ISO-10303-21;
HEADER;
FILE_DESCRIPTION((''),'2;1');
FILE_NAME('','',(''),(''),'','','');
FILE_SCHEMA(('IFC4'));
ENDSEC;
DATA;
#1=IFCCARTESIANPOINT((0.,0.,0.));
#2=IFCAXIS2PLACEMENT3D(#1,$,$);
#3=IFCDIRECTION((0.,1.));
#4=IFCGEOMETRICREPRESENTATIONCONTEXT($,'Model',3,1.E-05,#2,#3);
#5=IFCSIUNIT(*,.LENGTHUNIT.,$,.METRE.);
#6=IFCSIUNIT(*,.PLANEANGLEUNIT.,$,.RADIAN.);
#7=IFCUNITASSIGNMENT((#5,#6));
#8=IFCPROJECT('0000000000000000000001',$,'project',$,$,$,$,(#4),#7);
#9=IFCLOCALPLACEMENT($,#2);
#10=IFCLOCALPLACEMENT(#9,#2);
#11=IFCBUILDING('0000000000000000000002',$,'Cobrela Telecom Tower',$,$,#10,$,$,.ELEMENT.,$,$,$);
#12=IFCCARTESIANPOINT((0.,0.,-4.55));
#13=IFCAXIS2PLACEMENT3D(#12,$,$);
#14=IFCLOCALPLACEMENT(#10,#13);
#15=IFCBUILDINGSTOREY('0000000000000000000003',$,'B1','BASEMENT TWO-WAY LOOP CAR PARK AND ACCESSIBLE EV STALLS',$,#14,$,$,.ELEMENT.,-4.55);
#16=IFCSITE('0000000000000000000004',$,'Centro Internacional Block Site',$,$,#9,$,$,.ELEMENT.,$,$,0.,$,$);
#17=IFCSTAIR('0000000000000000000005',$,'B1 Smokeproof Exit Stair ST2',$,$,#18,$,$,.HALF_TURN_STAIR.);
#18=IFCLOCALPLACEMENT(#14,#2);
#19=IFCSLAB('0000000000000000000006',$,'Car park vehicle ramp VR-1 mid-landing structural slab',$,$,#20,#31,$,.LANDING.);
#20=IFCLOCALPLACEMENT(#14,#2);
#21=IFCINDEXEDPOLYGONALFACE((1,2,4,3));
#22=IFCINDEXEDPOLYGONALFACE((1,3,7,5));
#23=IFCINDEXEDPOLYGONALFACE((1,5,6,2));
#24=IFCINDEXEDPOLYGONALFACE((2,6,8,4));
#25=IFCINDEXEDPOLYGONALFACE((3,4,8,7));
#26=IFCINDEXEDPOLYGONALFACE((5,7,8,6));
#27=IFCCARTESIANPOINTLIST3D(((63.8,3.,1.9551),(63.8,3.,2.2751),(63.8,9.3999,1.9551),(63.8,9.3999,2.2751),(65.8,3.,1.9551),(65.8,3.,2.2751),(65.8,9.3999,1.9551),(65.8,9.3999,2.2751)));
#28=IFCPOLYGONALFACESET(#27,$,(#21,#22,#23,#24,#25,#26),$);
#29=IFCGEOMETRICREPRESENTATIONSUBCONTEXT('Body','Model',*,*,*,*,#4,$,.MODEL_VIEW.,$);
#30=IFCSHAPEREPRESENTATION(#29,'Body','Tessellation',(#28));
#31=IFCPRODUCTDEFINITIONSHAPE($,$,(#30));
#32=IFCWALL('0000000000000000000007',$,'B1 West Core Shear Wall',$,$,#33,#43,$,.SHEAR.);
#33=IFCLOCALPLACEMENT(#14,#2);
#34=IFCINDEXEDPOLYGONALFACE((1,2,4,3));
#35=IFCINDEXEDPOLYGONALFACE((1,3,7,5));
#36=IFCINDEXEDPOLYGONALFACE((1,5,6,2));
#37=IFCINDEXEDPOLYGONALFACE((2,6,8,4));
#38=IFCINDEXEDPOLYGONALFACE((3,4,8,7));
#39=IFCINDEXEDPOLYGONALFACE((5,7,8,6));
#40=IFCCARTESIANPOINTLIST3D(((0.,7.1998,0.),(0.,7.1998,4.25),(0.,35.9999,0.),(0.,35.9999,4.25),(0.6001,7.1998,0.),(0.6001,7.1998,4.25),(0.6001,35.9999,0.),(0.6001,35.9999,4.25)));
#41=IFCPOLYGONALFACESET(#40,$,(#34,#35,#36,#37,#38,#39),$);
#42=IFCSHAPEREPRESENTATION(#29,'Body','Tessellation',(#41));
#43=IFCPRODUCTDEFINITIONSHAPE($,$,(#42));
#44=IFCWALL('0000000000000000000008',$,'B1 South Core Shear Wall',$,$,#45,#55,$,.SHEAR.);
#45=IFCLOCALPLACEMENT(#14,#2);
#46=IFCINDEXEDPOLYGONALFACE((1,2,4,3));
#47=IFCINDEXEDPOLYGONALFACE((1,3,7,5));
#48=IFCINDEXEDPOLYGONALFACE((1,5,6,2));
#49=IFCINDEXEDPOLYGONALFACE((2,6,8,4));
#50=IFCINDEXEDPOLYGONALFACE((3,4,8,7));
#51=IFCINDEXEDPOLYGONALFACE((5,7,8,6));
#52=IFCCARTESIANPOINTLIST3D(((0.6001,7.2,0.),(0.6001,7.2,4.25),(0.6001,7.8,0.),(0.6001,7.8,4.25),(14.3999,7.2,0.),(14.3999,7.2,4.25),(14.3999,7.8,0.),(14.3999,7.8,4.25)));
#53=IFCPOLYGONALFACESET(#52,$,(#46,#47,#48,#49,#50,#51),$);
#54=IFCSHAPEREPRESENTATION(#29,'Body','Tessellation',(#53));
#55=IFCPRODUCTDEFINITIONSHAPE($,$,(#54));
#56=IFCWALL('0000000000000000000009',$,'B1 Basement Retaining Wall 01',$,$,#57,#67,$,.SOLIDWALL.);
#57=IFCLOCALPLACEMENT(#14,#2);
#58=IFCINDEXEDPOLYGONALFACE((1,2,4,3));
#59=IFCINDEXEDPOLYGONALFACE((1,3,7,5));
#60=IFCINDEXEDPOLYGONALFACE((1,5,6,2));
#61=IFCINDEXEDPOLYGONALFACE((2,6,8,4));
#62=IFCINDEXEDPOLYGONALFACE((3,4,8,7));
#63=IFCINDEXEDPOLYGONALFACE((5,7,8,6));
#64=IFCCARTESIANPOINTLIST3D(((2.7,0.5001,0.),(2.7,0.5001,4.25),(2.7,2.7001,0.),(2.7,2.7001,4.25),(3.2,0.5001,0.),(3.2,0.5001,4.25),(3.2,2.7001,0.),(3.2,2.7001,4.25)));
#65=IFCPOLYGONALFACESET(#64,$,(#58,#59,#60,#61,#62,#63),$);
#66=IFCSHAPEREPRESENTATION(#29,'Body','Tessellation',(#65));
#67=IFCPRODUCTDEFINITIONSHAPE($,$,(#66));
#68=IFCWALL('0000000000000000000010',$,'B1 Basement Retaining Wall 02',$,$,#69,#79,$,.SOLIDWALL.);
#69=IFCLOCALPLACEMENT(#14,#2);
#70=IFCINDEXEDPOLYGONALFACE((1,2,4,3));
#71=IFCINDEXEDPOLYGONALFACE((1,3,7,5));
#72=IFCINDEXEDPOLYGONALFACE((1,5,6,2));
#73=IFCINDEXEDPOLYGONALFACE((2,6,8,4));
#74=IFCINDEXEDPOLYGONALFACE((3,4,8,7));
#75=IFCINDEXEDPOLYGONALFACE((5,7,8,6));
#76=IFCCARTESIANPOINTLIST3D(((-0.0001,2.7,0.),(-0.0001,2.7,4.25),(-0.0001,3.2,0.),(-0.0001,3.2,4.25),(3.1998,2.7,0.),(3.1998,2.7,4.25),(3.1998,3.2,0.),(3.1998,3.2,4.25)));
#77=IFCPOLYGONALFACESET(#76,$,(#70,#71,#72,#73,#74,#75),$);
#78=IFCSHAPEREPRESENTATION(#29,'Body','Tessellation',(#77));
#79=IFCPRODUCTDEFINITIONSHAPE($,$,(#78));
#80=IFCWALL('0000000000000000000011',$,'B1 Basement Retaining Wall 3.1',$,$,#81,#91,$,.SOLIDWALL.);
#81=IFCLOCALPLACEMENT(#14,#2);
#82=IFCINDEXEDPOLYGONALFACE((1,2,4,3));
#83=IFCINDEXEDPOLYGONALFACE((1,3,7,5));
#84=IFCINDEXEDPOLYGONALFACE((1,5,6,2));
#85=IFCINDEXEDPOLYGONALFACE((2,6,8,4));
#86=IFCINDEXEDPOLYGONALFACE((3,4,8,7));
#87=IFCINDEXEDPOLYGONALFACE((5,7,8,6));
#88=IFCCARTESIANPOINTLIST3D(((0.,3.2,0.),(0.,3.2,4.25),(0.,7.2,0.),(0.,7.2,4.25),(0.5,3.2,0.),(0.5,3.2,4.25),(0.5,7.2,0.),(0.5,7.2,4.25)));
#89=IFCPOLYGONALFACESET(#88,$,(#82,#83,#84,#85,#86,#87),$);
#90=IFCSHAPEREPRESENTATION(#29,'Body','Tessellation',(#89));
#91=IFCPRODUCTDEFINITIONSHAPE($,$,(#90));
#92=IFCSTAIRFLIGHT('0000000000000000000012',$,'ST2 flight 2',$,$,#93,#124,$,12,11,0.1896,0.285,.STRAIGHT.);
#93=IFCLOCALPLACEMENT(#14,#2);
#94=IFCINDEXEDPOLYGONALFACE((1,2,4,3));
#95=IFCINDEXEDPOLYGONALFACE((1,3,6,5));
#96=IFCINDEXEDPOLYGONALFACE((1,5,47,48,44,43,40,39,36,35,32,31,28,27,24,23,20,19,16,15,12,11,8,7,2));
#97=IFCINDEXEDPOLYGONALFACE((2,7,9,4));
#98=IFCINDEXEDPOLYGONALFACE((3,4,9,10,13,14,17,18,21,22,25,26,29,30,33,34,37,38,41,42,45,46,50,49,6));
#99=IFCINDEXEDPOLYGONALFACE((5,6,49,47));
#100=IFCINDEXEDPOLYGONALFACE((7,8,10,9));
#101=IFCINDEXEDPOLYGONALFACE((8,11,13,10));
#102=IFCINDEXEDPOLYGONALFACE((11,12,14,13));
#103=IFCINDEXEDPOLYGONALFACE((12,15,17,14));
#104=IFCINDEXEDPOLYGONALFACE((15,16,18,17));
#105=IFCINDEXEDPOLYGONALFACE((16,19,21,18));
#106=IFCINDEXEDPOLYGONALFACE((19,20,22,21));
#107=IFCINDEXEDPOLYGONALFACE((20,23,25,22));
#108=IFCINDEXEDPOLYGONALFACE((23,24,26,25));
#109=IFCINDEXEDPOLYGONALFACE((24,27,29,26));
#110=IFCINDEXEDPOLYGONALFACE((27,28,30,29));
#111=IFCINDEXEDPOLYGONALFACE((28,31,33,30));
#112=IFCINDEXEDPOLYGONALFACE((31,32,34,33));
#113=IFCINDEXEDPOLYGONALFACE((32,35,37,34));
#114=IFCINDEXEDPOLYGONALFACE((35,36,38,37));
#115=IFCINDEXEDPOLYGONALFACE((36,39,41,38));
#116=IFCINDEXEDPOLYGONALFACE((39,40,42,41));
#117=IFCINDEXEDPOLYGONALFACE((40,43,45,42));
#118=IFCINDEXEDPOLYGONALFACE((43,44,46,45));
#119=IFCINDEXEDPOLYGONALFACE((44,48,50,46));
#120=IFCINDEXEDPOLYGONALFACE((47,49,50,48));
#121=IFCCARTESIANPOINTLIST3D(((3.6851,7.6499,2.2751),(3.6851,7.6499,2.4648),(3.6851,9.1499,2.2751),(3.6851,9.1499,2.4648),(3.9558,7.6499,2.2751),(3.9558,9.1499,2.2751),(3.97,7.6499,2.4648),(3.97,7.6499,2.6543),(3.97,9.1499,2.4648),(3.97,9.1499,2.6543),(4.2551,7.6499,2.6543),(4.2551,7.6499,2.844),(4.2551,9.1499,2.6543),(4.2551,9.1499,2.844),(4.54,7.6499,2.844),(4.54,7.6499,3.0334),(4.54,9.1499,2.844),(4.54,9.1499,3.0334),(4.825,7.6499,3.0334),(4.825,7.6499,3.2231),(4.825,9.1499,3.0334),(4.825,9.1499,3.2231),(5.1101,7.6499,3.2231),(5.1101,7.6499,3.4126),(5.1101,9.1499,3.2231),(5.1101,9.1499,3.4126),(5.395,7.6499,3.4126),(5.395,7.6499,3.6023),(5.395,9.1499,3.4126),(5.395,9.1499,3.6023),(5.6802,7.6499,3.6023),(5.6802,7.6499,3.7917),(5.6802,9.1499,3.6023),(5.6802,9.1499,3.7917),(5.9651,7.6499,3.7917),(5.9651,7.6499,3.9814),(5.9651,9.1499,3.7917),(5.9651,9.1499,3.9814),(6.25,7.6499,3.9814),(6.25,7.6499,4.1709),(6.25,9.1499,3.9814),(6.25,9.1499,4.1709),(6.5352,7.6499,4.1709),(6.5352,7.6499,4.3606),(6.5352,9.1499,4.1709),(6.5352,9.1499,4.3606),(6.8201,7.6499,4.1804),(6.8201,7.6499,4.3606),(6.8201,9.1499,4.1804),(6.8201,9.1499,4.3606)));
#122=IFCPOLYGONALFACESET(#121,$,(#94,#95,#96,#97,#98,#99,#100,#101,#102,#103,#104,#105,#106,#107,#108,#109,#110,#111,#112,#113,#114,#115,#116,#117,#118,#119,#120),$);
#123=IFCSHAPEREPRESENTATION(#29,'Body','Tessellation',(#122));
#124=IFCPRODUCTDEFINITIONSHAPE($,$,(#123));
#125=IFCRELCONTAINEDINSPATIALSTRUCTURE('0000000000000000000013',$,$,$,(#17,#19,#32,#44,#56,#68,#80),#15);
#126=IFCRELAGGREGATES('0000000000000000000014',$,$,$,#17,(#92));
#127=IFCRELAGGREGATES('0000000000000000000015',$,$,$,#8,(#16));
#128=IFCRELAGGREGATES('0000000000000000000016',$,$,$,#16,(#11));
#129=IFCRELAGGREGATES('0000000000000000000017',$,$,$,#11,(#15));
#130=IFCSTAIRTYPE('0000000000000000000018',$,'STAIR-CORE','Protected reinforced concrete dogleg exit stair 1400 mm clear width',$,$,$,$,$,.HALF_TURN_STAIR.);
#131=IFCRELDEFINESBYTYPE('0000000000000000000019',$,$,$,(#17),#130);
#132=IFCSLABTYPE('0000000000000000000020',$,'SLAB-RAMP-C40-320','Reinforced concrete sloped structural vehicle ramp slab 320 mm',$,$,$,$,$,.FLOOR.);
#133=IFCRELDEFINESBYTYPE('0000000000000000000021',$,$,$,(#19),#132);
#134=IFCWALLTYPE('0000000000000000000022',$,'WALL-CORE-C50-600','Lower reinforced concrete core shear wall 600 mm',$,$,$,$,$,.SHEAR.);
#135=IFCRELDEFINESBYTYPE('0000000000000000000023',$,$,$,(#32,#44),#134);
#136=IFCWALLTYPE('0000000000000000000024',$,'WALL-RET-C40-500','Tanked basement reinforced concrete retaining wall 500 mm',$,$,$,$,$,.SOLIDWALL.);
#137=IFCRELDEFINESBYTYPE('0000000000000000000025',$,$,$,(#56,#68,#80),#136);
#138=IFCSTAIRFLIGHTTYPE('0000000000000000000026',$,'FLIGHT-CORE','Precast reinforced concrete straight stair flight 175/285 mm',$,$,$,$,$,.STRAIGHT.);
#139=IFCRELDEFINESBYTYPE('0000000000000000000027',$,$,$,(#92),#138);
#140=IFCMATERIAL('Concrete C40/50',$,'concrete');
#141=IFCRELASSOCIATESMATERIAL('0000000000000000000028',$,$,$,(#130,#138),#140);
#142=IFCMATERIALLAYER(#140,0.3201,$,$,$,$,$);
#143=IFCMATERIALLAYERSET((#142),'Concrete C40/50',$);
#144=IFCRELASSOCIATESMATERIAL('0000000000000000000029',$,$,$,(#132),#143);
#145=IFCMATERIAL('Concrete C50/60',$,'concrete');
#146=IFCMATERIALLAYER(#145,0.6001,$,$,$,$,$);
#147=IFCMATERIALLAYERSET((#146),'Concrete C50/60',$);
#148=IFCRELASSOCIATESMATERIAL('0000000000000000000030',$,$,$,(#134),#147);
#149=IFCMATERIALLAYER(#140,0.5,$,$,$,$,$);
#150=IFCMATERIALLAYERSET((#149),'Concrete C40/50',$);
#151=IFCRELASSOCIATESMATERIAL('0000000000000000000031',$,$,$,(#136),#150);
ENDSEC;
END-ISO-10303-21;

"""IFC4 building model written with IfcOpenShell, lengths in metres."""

from ifc_helpers import new_model, si_unit, direction, frame, frame_2d, origin, place, context, subcontext, project, spatial, polyline, rectangle, outline, extrude, material, layer, layer_set, type_object, element, aggregate, save


model = new_model("IFC4")

# Units and contexts
model_context = context("Model", 3, precision=1e-05, world=origin(), true_north=direction((0.0, 1.0)))
body_context = subcontext(model_context, "Body", "Model", "MODEL_VIEW")
ifc_project = project(units=[si_unit("LENGTHUNIT", "METRE"), si_unit("PLANEANGLEUNIT", "RADIAN")], contexts=[model_context])

# Site, building, storey
site_placement = place(None, origin())
site = spatial("IfcSite", under=ifc_project, at=site_placement, Name="Centro Internacional Block Site", CompositionType="ELEMENT", RefElevation=0.0)
building_placement = place(site_placement, origin())
building = spatial("IfcBuilding", under=site, at=building_placement, Name="Cobrela Telecom Tower", CompositionType="ELEMENT")
storey_placement = place(building_placement, frame((0.0, 0.0, -4.55)))
storey = spatial("IfcBuildingStorey", under=building, at=storey_placement, Name="B1", Description="BASEMENT TWO-WAY LOOP CAR PARK AND ACCESSIBLE EV STALLS", CompositionType="ELEMENT", Elevation=-4.55)

# Shared definitions
ifc_material_1 = material(Name="Concrete C40/50", Category="concrete")

# Stair
stair_type = type_object("IfcStairType", Name="STAIR-CORE", Description="Protected reinforced concrete dogleg exit stair 1400 mm clear width", PredefinedType="HALF_TURN_STAIR", material=ifc_material_1)
stair_1_placement = place(storey_placement, origin())
stair_1 = element("IfcStair", 1, at=stair_1_placement, inside=storey, type_object=stair_type, Name="B1 Smokeproof Exit Stair ST2", PredefinedType="HALF_TURN_STAIR")

# Slab
ifc_layer_1 = layer(ifc_material_1, 0.3201)
ifc_layer_set_1 = layer_set([ifc_layer_1], Name="Concrete C40/50")
slab_type_1 = type_object("IfcSlabType", Name="SLAB-RAMP-C40-320", Description="Reinforced concrete sloped structural vehicle ramp slab 320 mm", PredefinedType="FLOOR", material=ifc_layer_set_1)
slab_1_placement = place(storey_placement, frame((0.0, 0.0, 1.9551)))
element("IfcSlab", 2, at=slab_1_placement, inside=storey, type_object=slab_type_1, Name="Car park vehicle ramp VR-1 mid-landing structural slab", PredefinedType="LANDING", context=body_context, shape_type="SweptSolid", body=[
    extrude(outline(polyline([(63.8, 3.0), (65.8, 3.0), (65.8, 9.3999), (63.8, 9.3999), (63.8, 3.0)])), origin(), (0.0, 0.0, 1.0), 0.3201),
])

# Walls
ifc_material_2 = material(Name="Concrete C50/60", Category="concrete")
ifc_layer_2 = layer(ifc_material_2, 0.6001)
ifc_layer_set_2 = layer_set([ifc_layer_2], Name="Concrete C50/60")
wall_type_1 = type_object("IfcWallType", Name="WALL-CORE-C50-600", Description="Lower reinforced concrete core shear wall 600 mm", PredefinedType="SHEAR", material=ifc_layer_set_2)
wall_1_placement = place(storey_placement, frame((0.3, 7.2, 0.0), z_axis=(0.0, 0.0, 1.0), x_axis=(0.0, 1.0, 0.0)))
element("IfcWall", 3, at=wall_1_placement, inside=storey, type_object=wall_type_1, Name="B1 West Core Shear Wall", PredefinedType="SHEAR", context=body_context, shape_type="SweptSolid", body=[
    extrude(rectangle(XDim=28.8, YDim=0.6001, at=frame_2d((14.3999, 0.0))), origin(), (0.0, 0.0, 1.0), 4.25),
])
wall_2_placement = place(storey_placement, frame((0.6001, 7.5, 0.0), z_axis=(0.0, 0.0, 1.0), x_axis=(1.0, 0.0, 0.0)))
element("IfcWall", 4, at=wall_2_placement, inside=storey, type_object=wall_type_1, Name="B1 South Core Shear Wall", PredefinedType="SHEAR", context=body_context, shape_type="SweptSolid", body=[
    extrude(rectangle(XDim=13.7998, YDim=0.6001, at=frame_2d((6.8999, 0.0))), origin(), (0.0, 0.0, 1.0), 4.25),
])
ifc_layer_3 = layer(ifc_material_1, 0.5)
ifc_layer_set_3 = layer_set([ifc_layer_3], Name="Concrete C40/50")
wall_type_2 = type_object("IfcWallType", Name="WALL-RET-C40-500", Description="Tanked basement reinforced concrete retaining wall 500 mm", PredefinedType="SOLIDWALL", material=ifc_layer_set_3)
wall_3_placement = place(storey_placement, frame((2.95, 0.5, 0.0), z_axis=(0.0, 0.0, 1.0), x_axis=(0.0, 1.0, 0.0)))
element("IfcWall", 5, at=wall_3_placement, inside=storey, type_object=wall_type_2, Name="B1 Basement Retaining Wall 01", PredefinedType="SOLIDWALL", context=body_context, shape_type="SweptSolid", body=[
    extrude(rectangle(XDim=2.2, YDim=0.5, at=frame_2d((1.1001, 0.0))), origin(), (0.0, 0.0, 1.0), 4.25),
])
wall_4_placement = place(storey_placement, frame((3.2, 2.95, 0.0), z_axis=(0.0, 0.0, 1.0), x_axis=(-1.0, 0.0, 0.0)))
element("IfcWall", 6, at=wall_4_placement, inside=storey, type_object=wall_type_2, Name="B1 Basement Retaining Wall 02", PredefinedType="SOLIDWALL", context=body_context, shape_type="SweptSolid", body=[
    extrude(rectangle(XDim=3.2, YDim=0.5, at=frame_2d((1.6001, 0.0))), origin(), (0.0, 0.0, 1.0), 4.25),
])
wall_5_placement = place(storey_placement, frame((0.25, 3.2, 0.0), z_axis=(0.0, 0.0, 1.0), x_axis=(0.0, 1.0, 0.0)))
element("IfcWall", 7, at=wall_5_placement, inside=storey, type_object=wall_type_2, Name="B1 Basement Retaining Wall 3.1", PredefinedType="SOLIDWALL", context=body_context, shape_type="SweptSolid", body=[
    extrude(rectangle(XDim=4.0, YDim=0.5, at=frame_2d((2.0, 0.0))), origin(), (0.0, 0.0, 1.0), 4.25),
])

# Stair flight
stair_flight_type = type_object("IfcStairFlightType", Name="FLIGHT-CORE", Description="Precast reinforced concrete straight stair flight 175/285 mm", PredefinedType="STRAIGHT", material=ifc_material_1)
stair_flight_placement = place(storey_placement, frame((3.6851, 8.3999, 2.2751), z_axis=(0.0, 0.0, 1.0), x_axis=(1.0, 0.0, 0.0)))
stair_flight = element("IfcStairFlight", 8, at=stair_flight_placement, type_object=stair_flight_type, Name="ST2 flight 2", NumberOfRisers=12, NumberOfTreads=11, PredefinedType="STRAIGHT", RiserHeight=0.1896, TreadLength=0.285, context=body_context, shape_type="SweptSolid", body=[
    extrude(outline(polyline([(0.0, 0.0), (0.0, 0.1897), (0.2849, 0.1897), (0.2849, 0.3792), (0.5701, 0.3792), (0.5701, 0.5688), (0.855, 0.5688), (0.855, 0.7583), (1.1399, 0.7583), (1.1399, 0.948), (1.425, 0.948), (1.425, 1.1375), (1.71, 1.1375), (1.71, 1.3271), (1.9951, 1.3271), (1.9951, 1.5166), (2.28, 1.5166), (2.28, 1.7063), (2.5649, 1.7063), (2.5649, 1.8958), (2.8501, 1.8958), (2.8501, 2.0854), (3.135, 2.0854), (3.135, 2.2749), (3.135, 1.9053), (0.2708, 0.0), (0.0, 0.0)])), frame((0.0, 0.75, 0.0), z_axis=(0.0, -1.0, 0.0), x_axis=(1.0, 0.0, 0.0)), (0.0, 0.0, 1.0), 1.5),
])
aggregate(stair_1, [stair_flight])

save(model, "model.ifc")
